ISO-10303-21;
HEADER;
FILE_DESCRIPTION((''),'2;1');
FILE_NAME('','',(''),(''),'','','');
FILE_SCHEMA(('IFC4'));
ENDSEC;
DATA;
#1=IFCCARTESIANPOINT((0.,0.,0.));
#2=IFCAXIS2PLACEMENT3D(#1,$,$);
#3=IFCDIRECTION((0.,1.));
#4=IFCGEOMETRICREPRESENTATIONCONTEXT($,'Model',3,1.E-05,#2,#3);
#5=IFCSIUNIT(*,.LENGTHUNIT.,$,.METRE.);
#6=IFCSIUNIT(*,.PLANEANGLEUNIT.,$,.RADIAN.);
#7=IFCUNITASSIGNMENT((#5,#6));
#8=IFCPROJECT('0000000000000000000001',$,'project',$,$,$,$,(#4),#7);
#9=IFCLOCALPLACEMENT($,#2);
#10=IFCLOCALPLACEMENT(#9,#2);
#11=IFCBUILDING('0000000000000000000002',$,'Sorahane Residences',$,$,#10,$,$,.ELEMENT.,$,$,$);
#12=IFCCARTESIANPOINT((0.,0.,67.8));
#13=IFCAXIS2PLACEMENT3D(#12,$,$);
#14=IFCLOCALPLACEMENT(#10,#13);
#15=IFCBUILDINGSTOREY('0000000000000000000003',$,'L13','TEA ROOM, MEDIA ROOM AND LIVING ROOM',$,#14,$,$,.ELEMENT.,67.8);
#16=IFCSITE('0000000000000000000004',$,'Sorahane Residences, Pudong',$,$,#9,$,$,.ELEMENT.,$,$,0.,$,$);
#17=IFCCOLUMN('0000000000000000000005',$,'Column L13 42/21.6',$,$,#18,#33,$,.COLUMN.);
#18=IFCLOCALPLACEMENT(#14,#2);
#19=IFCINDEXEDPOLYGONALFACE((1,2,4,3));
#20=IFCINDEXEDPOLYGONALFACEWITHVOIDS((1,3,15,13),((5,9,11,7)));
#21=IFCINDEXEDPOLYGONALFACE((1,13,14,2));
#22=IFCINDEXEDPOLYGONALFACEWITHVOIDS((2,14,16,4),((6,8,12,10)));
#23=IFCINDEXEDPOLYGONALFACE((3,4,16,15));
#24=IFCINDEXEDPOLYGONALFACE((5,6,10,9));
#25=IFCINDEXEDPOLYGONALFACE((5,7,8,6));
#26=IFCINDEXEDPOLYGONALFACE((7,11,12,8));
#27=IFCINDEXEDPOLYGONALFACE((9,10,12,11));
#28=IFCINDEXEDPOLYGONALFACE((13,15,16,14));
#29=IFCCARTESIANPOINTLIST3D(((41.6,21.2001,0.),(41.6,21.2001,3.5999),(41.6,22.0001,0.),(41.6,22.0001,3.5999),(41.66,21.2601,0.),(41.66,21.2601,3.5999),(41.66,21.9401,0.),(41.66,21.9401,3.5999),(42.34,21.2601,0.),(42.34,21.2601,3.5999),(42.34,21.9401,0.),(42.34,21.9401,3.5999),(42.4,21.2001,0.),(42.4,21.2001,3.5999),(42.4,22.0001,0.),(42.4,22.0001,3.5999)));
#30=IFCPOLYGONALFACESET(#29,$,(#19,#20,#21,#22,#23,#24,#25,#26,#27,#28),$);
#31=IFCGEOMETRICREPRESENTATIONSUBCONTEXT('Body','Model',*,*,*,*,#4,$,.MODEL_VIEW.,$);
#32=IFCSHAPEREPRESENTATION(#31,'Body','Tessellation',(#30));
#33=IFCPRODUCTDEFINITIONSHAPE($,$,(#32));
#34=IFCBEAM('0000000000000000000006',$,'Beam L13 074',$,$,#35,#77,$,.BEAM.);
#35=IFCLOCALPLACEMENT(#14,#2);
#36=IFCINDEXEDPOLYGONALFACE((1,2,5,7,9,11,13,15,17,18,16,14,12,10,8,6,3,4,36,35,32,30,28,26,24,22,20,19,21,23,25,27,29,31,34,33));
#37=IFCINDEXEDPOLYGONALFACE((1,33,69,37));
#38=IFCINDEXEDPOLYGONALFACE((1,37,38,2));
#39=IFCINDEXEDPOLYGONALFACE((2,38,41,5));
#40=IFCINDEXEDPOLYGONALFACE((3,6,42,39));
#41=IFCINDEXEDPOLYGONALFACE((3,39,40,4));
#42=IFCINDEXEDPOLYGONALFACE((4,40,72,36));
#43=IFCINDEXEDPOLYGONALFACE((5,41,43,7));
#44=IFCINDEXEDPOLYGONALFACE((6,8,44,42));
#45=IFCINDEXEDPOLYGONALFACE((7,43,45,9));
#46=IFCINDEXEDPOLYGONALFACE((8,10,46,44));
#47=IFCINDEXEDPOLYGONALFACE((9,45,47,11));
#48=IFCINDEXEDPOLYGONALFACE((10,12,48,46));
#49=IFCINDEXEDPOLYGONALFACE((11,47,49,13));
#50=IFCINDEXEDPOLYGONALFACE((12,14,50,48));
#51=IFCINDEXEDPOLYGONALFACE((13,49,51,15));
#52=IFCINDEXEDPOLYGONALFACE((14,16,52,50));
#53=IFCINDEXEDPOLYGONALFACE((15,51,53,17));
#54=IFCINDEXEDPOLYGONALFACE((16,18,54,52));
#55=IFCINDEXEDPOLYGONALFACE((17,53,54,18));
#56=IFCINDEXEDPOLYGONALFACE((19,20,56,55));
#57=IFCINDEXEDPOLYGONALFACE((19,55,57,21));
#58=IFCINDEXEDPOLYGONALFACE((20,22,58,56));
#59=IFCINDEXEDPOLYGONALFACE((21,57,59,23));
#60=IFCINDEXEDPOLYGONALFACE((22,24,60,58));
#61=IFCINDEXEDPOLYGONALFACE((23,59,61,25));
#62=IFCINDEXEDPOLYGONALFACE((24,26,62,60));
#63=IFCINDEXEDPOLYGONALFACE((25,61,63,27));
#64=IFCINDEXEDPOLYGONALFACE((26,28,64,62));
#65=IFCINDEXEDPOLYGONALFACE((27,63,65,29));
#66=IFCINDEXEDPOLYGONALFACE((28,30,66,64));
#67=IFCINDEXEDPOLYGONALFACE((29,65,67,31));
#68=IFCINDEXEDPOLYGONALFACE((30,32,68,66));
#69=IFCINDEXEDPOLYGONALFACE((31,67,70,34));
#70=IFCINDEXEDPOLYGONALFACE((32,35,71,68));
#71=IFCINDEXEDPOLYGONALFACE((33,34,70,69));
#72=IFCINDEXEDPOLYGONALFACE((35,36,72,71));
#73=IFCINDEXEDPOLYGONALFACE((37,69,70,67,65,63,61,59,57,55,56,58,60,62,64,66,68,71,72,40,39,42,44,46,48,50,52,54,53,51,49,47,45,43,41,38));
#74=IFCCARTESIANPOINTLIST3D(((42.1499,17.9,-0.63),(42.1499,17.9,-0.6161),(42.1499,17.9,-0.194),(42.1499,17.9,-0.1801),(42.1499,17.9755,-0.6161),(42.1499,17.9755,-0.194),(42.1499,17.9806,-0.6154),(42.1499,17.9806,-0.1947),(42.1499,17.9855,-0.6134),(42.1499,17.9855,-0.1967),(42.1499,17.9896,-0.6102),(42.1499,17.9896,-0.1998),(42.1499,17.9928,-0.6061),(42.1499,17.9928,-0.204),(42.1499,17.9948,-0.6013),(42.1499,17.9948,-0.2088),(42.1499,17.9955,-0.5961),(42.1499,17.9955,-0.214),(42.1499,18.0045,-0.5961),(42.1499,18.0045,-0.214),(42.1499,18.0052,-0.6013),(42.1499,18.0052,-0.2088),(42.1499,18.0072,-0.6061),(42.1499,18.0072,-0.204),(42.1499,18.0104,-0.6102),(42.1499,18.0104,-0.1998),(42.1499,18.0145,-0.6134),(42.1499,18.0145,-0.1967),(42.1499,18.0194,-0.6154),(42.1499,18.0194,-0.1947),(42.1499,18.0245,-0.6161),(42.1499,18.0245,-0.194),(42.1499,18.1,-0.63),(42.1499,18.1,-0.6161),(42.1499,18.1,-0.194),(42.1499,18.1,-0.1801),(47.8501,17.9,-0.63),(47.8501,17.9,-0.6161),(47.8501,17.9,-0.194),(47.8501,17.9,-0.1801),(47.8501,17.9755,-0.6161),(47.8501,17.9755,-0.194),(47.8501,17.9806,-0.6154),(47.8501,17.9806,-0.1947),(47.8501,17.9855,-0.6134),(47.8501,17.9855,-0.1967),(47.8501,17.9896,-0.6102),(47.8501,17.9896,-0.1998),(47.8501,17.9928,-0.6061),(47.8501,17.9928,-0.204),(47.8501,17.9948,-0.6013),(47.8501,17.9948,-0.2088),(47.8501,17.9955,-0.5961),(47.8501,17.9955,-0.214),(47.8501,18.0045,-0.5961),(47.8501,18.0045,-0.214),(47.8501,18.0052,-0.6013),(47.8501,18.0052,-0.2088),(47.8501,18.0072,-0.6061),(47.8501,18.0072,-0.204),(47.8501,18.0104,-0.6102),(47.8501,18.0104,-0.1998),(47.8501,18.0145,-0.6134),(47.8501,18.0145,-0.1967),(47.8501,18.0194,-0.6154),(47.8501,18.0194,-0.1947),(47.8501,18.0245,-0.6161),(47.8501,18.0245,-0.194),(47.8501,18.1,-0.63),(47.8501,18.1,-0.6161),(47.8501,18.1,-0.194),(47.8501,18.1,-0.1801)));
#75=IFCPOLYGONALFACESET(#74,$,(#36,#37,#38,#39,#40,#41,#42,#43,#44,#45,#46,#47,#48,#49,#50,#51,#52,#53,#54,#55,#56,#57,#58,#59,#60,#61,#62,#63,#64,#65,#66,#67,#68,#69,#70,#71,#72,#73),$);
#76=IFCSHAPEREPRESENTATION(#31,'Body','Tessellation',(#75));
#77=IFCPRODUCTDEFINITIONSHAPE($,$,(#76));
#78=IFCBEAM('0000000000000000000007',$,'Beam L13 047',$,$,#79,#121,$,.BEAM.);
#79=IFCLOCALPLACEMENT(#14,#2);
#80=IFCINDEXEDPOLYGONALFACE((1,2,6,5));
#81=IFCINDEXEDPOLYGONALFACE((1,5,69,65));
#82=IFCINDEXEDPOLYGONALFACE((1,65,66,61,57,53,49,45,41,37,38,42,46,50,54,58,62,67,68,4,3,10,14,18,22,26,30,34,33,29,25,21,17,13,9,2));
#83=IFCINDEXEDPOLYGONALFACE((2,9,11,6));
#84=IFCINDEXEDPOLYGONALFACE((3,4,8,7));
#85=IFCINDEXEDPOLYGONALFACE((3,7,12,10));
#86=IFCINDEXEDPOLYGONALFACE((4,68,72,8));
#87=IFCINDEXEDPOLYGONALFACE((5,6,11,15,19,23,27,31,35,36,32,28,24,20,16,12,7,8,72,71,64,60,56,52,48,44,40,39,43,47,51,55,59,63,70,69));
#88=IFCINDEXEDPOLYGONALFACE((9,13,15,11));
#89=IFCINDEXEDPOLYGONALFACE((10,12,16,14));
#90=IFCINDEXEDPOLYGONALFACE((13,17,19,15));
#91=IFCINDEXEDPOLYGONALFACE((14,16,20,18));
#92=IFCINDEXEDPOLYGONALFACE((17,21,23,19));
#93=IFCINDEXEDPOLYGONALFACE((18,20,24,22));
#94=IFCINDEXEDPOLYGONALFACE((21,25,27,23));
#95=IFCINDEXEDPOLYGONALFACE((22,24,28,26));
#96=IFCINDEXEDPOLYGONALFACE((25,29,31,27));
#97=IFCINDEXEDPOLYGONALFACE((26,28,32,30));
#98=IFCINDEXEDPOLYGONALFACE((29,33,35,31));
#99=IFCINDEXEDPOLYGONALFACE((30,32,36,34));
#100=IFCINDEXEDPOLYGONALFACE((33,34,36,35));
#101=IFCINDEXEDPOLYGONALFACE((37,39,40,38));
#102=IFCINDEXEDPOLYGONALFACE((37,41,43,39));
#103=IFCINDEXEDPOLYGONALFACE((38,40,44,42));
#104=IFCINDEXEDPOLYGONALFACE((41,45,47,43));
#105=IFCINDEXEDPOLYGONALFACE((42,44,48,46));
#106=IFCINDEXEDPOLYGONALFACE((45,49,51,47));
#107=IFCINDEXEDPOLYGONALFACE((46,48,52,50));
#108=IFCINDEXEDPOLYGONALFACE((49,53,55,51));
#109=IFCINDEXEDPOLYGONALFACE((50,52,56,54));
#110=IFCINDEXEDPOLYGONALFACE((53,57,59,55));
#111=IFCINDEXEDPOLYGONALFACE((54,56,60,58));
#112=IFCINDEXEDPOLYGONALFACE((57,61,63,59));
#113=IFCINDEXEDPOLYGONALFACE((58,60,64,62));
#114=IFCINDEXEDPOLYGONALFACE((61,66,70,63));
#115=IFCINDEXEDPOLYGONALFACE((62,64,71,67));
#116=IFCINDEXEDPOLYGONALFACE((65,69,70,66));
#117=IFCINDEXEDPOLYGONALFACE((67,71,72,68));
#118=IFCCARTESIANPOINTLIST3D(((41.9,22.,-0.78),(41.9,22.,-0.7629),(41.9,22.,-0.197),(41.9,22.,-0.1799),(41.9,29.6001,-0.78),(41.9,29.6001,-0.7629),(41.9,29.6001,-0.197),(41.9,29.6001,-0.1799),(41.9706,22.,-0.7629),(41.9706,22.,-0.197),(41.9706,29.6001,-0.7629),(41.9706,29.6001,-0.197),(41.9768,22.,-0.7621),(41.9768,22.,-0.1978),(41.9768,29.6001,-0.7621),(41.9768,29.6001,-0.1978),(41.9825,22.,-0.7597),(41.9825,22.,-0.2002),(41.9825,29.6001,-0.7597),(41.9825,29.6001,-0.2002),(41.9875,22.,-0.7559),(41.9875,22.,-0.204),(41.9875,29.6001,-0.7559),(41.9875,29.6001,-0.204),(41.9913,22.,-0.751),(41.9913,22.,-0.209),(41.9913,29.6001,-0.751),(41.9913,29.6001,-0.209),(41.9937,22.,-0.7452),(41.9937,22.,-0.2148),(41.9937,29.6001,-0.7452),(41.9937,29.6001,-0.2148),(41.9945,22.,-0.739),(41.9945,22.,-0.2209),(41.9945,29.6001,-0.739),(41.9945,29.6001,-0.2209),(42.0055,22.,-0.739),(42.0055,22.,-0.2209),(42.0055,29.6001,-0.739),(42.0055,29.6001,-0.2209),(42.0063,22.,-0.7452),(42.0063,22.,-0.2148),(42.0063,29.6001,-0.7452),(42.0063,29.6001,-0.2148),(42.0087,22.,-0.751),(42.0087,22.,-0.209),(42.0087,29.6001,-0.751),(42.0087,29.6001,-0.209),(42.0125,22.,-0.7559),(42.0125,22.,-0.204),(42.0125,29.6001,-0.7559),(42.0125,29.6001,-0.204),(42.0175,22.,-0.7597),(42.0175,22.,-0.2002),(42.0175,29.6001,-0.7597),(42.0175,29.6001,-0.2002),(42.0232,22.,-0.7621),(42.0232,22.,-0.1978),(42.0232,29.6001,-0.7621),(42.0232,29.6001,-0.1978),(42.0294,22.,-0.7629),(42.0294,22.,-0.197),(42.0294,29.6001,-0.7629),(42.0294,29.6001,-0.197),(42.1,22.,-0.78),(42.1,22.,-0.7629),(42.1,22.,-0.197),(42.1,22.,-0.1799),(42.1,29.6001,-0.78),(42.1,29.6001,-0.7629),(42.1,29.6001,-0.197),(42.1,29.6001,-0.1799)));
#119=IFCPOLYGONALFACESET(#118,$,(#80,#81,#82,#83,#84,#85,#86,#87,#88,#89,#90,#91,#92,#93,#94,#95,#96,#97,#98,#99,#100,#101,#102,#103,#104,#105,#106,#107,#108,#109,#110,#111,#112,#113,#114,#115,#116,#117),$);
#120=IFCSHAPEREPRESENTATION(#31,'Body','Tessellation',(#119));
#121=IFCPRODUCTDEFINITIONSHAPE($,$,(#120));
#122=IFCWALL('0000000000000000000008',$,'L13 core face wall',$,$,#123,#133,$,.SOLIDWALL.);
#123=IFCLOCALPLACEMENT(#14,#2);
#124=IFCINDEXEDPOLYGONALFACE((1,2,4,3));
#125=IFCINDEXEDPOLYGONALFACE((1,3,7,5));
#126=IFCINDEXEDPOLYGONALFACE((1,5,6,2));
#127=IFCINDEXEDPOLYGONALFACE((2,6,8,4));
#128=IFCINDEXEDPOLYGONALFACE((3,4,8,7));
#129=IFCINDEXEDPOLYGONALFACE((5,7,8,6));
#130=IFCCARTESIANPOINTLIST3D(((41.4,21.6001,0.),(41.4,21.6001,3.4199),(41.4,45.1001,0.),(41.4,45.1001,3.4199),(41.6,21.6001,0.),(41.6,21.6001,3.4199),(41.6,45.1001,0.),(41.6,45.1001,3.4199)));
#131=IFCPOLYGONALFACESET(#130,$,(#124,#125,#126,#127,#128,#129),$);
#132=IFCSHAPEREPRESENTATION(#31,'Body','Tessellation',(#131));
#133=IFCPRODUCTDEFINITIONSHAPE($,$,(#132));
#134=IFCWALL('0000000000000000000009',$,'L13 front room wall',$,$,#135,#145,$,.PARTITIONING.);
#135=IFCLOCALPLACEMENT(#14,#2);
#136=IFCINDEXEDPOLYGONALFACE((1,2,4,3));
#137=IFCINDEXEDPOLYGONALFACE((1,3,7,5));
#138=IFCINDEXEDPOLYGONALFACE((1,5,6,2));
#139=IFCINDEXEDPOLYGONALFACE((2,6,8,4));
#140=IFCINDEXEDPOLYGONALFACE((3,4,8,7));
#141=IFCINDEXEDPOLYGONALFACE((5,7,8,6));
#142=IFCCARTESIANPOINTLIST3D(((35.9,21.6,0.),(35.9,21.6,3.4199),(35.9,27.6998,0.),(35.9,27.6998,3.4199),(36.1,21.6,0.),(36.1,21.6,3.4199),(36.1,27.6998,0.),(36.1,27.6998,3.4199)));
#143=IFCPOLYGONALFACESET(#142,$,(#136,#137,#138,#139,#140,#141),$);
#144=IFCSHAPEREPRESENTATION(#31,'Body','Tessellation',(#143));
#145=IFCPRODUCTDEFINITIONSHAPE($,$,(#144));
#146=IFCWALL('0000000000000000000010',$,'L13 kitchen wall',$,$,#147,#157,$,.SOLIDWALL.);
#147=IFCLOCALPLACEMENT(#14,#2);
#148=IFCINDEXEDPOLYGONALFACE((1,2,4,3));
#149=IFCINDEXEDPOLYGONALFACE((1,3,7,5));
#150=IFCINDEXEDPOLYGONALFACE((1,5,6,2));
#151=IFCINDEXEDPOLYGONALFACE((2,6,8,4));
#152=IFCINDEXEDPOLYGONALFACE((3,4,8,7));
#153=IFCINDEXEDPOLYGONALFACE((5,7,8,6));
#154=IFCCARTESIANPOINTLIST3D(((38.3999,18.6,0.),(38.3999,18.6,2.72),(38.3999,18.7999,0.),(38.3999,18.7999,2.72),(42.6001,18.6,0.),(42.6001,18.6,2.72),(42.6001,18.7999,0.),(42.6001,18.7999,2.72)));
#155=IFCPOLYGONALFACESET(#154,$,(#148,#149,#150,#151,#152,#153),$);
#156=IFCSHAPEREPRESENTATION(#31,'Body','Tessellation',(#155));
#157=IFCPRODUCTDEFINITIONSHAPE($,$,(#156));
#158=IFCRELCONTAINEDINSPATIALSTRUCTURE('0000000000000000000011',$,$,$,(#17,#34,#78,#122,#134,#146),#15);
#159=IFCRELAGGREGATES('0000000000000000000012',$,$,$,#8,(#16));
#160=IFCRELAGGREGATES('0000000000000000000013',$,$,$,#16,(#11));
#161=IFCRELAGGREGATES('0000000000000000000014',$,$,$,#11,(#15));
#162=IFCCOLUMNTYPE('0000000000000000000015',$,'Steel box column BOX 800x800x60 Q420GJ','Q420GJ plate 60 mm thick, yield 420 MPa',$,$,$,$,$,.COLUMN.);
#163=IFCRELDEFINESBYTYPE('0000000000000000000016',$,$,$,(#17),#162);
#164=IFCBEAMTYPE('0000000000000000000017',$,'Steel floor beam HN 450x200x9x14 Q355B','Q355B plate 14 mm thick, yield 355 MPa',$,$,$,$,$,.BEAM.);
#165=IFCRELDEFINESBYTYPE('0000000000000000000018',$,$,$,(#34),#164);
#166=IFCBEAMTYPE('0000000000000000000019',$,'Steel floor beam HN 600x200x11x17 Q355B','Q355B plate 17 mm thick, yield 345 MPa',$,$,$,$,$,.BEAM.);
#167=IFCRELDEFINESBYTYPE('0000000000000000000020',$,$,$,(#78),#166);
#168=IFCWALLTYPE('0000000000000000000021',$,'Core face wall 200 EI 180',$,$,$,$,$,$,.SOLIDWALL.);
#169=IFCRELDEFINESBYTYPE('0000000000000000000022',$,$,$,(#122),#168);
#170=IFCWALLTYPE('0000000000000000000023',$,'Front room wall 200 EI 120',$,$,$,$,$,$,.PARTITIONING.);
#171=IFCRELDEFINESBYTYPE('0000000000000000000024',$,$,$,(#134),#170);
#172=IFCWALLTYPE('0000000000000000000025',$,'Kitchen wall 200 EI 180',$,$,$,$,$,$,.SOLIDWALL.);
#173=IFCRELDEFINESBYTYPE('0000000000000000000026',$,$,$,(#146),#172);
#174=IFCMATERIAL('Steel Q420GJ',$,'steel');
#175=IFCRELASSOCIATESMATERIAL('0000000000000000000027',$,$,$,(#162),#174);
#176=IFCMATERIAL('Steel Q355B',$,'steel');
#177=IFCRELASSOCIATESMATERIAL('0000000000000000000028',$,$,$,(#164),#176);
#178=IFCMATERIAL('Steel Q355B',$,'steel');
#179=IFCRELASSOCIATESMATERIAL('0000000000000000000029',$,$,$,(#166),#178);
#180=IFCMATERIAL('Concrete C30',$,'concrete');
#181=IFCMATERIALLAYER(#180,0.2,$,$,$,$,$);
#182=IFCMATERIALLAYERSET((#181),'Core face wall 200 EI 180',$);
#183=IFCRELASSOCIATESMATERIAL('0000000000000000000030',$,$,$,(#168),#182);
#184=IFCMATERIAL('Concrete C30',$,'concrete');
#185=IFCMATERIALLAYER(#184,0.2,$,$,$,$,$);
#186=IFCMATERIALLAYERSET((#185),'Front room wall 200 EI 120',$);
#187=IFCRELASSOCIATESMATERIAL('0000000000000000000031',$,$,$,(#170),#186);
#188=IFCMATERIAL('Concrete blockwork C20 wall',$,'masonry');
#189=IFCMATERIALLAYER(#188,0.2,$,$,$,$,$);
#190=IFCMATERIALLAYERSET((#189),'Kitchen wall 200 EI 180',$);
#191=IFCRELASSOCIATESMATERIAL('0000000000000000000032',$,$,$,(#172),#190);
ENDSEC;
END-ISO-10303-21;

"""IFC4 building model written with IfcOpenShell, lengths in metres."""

from ifc_helpers import new_model, si_unit, direction, frame, frame_2d, origin, origin_2d, place, context, subcontext, project, spatial, rectangle, hollow_rectangle, i_section, extrude, material, layer, layer_set, material_profile, profile_set, type_object, element, save


model = new_model("IFC4")

# Units and contexts
model_context = context("Model", 3, precision=1e-05, world=origin(), true_north=direction((0.0, 1.0)))
body_context = subcontext(model_context, "Body", "Model", "MODEL_VIEW")
ifc_project = project(units=[si_unit("LENGTHUNIT", "METRE"), si_unit("PLANEANGLEUNIT", "RADIAN")], contexts=[model_context])

# Site, building, storey
site_placement = place(None, origin())
site = spatial("IfcSite", under=ifc_project, at=site_placement, Name="Sorahane Residences, Pudong", CompositionType="ELEMENT", RefElevation=0.0)
building_placement = place(site_placement, origin())
building = spatial("IfcBuilding", under=site, at=building_placement, Name="Sorahane Residences", CompositionType="ELEMENT")
storey_placement = place(building_placement, frame((0.0, 0.0, 67.8)))
storey = spatial("IfcBuildingStorey", under=building, at=storey_placement, Name="L13", Description="TEA ROOM, MEDIA ROOM AND LIVING ROOM", CompositionType="ELEMENT", Elevation=67.8)

# Column
ifc_material_1 = material(Name="Steel Q420GJ", Category="steel")
ifc_material_profile_1 = material_profile(ifc_material_1, hollow_rectangle(XDim=0.8, YDim=0.8, WallThickness=0.0601, at=origin_2d()), Name="BOX 800x800x60")
ifc_profile_set_1 = profile_set([ifc_material_profile_1], Name="Steel Q420GJ")
column_type = type_object("IfcColumnType", Name="Steel box column BOX 800x800x60 Q420GJ", Description="Q420GJ plate 60 mm thick, yield 420 MPa", PredefinedType="COLUMN", material=ifc_profile_set_1)
column_placement = place(storey_placement, frame((42.0, 21.6001, 0.0), z_axis=(0.0, 0.0, 1.0), x_axis=(1.0, 0.0, 0.0)))
element("IfcColumn", 1, at=column_placement, inside=storey, type_object=column_type, Name="Column L13 42/21.6", PredefinedType="COLUMN", context=body_context, shape_type="SweptSolid", body=[
    extrude(hollow_rectangle(XDim=0.8, YDim=0.8, WallThickness=0.0601, at=origin_2d()), origin(), (0.0, 0.0, 1.0), 3.5999),
])

# Beams
ifc_material_2 = material(Name="Steel Q355B", Category="steel")
ifc_material_profile_2 = material_profile(ifc_material_2, i_section(OverallWidth=0.2, OverallDepth=0.45, WebThickness=0.009, FlangeThickness=0.0139, FilletRadius=0.02, at=origin_2d()), Name="HN 450x200x9x14")
ifc_profile_set_2 = profile_set([ifc_material_profile_2], Name="Steel Q355B")
beam_type_1 = type_object("IfcBeamType", Name="Steel floor beam HN 450x200x9x14 Q355B", Description="Q355B plate 14 mm thick, yield 355 MPa", PredefinedType="BEAM", material=ifc_profile_set_2)
beam_1_placement = place(storey_placement, frame((42.1499, 18.0, -0.405), z_axis=(1.0, 0.0, 0.0), x_axis=(0.0, 1.0, 0.0)))
element("IfcBeam", 2, at=beam_1_placement, inside=storey, type_object=beam_type_1, Name="Beam L13 074", PredefinedType="BEAM", context=body_context, shape_type="SweptSolid", body=[
    extrude(i_section(OverallWidth=0.2, OverallDepth=0.45, WebThickness=0.009, FlangeThickness=0.0139, FilletRadius=0.02, at=origin_2d()), origin(), (0.0, 0.0, 1.0), 5.7002),
])
ifc_material_3 = material(Name="Steel Q355B", Category="steel")
ifc_material_profile_3 = material_profile(ifc_material_3, i_section(OverallWidth=0.2, OverallDepth=0.6001, WebThickness=0.011, FlangeThickness=0.0171, FilletRadius=0.0239, at=origin_2d()), Name="HN 600x200x11x17")
ifc_profile_set_3 = profile_set([ifc_material_profile_3], Name="Steel Q355B")
beam_type_2 = type_object("IfcBeamType", Name="Steel floor beam HN 600x200x11x17 Q355B", Description="Q355B plate 17 mm thick, yield 345 MPa", PredefinedType="BEAM", material=ifc_profile_set_3)
beam_2_placement = place(storey_placement, frame((42.0, 22.0, -0.48), z_axis=(0.0, 1.0, 0.0), x_axis=(-1.0, 0.0, 0.0)))
element("IfcBeam", 3, at=beam_2_placement, inside=storey, type_object=beam_type_2, Name="Beam L13 047", PredefinedType="BEAM", context=body_context, shape_type="SweptSolid", body=[
    extrude(i_section(OverallWidth=0.2, OverallDepth=0.6001, WebThickness=0.011, FlangeThickness=0.0171, FilletRadius=0.0239, at=origin_2d()), origin(), (0.0, 0.0, 1.0), 7.6001),
])

# Walls
ifc_material_4 = material(Name="Concrete C30", Category="concrete")
ifc_layer_1 = layer(ifc_material_4, 0.2)
ifc_layer_set_1 = layer_set([ifc_layer_1], Name="Core face wall 200 EI 180")
wall_type_1 = type_object("IfcWallType", Name="Core face wall 200 EI 180", PredefinedType="SOLIDWALL", material=ifc_layer_set_1)
wall_1_placement = place(storey_placement, frame((41.5, 21.6001, 0.0), z_axis=(0.0, 0.0, 1.0), x_axis=(0.0, 1.0, 0.0)))
element("IfcWall", 4, at=wall_1_placement, inside=storey, type_object=wall_type_1, Name="L13 core face wall", PredefinedType="SOLIDWALL", context=body_context, shape_type="SweptSolid", body=[
    extrude(rectangle(XDim=23.5, YDim=0.2, at=frame_2d((11.75, 0.0))), origin(), (0.0, 0.0, 1.0), 3.4199),
])
ifc_material_5 = material(Name="Concrete C30", Category="concrete")
ifc_layer_2 = layer(ifc_material_5, 0.2)
ifc_layer_set_2 = layer_set([ifc_layer_2], Name="Front room wall 200 EI 120")
wall_type_2 = type_object("IfcWallType", Name="Front room wall 200 EI 120", PredefinedType="PARTITIONING", material=ifc_layer_set_2)
wall_2_placement = place(storey_placement, frame((36.0, 21.6001, 0.0), z_axis=(0.0, 0.0, 1.0), x_axis=(0.0, 1.0, 0.0)))
element("IfcWall", 5, at=wall_2_placement, inside=storey, type_object=wall_type_2, Name="L13 front room wall", PredefinedType="PARTITIONING", context=body_context, shape_type="SweptSolid", body=[
    extrude(rectangle(XDim=6.0999, YDim=0.2, at=frame_2d((3.0498, 0.0))), origin(), (0.0, 0.0, 1.0), 3.4199),
])
ifc_material_6 = material(Name="Concrete blockwork C20 wall", Category="masonry")
ifc_layer_3 = layer(ifc_material_6, 0.2)
ifc_layer_set_3 = layer_set([ifc_layer_3], Name="Kitchen wall 200 EI 180")
wall_type_3 = type_object("IfcWallType", Name="Kitchen wall 200 EI 180", PredefinedType="SOLIDWALL", material=ifc_layer_set_3)
wall_3_placement = place(storey_placement, frame((38.3999, 18.7, 0.0), z_axis=(0.0, 0.0, 1.0), x_axis=(1.0, 0.0, 0.0)))
element("IfcWall", 6, at=wall_3_placement, inside=storey, type_object=wall_type_3, Name="L13 kitchen wall", PredefinedType="SOLIDWALL", context=body_context, shape_type="SweptSolid", body=[
    extrude(rectangle(XDim=4.2002, YDim=0.2, at=frame_2d((2.1001, 0.0))), origin(), (0.0, 0.0, 1.0), 2.72),
])

save(model, "model.ifc")
